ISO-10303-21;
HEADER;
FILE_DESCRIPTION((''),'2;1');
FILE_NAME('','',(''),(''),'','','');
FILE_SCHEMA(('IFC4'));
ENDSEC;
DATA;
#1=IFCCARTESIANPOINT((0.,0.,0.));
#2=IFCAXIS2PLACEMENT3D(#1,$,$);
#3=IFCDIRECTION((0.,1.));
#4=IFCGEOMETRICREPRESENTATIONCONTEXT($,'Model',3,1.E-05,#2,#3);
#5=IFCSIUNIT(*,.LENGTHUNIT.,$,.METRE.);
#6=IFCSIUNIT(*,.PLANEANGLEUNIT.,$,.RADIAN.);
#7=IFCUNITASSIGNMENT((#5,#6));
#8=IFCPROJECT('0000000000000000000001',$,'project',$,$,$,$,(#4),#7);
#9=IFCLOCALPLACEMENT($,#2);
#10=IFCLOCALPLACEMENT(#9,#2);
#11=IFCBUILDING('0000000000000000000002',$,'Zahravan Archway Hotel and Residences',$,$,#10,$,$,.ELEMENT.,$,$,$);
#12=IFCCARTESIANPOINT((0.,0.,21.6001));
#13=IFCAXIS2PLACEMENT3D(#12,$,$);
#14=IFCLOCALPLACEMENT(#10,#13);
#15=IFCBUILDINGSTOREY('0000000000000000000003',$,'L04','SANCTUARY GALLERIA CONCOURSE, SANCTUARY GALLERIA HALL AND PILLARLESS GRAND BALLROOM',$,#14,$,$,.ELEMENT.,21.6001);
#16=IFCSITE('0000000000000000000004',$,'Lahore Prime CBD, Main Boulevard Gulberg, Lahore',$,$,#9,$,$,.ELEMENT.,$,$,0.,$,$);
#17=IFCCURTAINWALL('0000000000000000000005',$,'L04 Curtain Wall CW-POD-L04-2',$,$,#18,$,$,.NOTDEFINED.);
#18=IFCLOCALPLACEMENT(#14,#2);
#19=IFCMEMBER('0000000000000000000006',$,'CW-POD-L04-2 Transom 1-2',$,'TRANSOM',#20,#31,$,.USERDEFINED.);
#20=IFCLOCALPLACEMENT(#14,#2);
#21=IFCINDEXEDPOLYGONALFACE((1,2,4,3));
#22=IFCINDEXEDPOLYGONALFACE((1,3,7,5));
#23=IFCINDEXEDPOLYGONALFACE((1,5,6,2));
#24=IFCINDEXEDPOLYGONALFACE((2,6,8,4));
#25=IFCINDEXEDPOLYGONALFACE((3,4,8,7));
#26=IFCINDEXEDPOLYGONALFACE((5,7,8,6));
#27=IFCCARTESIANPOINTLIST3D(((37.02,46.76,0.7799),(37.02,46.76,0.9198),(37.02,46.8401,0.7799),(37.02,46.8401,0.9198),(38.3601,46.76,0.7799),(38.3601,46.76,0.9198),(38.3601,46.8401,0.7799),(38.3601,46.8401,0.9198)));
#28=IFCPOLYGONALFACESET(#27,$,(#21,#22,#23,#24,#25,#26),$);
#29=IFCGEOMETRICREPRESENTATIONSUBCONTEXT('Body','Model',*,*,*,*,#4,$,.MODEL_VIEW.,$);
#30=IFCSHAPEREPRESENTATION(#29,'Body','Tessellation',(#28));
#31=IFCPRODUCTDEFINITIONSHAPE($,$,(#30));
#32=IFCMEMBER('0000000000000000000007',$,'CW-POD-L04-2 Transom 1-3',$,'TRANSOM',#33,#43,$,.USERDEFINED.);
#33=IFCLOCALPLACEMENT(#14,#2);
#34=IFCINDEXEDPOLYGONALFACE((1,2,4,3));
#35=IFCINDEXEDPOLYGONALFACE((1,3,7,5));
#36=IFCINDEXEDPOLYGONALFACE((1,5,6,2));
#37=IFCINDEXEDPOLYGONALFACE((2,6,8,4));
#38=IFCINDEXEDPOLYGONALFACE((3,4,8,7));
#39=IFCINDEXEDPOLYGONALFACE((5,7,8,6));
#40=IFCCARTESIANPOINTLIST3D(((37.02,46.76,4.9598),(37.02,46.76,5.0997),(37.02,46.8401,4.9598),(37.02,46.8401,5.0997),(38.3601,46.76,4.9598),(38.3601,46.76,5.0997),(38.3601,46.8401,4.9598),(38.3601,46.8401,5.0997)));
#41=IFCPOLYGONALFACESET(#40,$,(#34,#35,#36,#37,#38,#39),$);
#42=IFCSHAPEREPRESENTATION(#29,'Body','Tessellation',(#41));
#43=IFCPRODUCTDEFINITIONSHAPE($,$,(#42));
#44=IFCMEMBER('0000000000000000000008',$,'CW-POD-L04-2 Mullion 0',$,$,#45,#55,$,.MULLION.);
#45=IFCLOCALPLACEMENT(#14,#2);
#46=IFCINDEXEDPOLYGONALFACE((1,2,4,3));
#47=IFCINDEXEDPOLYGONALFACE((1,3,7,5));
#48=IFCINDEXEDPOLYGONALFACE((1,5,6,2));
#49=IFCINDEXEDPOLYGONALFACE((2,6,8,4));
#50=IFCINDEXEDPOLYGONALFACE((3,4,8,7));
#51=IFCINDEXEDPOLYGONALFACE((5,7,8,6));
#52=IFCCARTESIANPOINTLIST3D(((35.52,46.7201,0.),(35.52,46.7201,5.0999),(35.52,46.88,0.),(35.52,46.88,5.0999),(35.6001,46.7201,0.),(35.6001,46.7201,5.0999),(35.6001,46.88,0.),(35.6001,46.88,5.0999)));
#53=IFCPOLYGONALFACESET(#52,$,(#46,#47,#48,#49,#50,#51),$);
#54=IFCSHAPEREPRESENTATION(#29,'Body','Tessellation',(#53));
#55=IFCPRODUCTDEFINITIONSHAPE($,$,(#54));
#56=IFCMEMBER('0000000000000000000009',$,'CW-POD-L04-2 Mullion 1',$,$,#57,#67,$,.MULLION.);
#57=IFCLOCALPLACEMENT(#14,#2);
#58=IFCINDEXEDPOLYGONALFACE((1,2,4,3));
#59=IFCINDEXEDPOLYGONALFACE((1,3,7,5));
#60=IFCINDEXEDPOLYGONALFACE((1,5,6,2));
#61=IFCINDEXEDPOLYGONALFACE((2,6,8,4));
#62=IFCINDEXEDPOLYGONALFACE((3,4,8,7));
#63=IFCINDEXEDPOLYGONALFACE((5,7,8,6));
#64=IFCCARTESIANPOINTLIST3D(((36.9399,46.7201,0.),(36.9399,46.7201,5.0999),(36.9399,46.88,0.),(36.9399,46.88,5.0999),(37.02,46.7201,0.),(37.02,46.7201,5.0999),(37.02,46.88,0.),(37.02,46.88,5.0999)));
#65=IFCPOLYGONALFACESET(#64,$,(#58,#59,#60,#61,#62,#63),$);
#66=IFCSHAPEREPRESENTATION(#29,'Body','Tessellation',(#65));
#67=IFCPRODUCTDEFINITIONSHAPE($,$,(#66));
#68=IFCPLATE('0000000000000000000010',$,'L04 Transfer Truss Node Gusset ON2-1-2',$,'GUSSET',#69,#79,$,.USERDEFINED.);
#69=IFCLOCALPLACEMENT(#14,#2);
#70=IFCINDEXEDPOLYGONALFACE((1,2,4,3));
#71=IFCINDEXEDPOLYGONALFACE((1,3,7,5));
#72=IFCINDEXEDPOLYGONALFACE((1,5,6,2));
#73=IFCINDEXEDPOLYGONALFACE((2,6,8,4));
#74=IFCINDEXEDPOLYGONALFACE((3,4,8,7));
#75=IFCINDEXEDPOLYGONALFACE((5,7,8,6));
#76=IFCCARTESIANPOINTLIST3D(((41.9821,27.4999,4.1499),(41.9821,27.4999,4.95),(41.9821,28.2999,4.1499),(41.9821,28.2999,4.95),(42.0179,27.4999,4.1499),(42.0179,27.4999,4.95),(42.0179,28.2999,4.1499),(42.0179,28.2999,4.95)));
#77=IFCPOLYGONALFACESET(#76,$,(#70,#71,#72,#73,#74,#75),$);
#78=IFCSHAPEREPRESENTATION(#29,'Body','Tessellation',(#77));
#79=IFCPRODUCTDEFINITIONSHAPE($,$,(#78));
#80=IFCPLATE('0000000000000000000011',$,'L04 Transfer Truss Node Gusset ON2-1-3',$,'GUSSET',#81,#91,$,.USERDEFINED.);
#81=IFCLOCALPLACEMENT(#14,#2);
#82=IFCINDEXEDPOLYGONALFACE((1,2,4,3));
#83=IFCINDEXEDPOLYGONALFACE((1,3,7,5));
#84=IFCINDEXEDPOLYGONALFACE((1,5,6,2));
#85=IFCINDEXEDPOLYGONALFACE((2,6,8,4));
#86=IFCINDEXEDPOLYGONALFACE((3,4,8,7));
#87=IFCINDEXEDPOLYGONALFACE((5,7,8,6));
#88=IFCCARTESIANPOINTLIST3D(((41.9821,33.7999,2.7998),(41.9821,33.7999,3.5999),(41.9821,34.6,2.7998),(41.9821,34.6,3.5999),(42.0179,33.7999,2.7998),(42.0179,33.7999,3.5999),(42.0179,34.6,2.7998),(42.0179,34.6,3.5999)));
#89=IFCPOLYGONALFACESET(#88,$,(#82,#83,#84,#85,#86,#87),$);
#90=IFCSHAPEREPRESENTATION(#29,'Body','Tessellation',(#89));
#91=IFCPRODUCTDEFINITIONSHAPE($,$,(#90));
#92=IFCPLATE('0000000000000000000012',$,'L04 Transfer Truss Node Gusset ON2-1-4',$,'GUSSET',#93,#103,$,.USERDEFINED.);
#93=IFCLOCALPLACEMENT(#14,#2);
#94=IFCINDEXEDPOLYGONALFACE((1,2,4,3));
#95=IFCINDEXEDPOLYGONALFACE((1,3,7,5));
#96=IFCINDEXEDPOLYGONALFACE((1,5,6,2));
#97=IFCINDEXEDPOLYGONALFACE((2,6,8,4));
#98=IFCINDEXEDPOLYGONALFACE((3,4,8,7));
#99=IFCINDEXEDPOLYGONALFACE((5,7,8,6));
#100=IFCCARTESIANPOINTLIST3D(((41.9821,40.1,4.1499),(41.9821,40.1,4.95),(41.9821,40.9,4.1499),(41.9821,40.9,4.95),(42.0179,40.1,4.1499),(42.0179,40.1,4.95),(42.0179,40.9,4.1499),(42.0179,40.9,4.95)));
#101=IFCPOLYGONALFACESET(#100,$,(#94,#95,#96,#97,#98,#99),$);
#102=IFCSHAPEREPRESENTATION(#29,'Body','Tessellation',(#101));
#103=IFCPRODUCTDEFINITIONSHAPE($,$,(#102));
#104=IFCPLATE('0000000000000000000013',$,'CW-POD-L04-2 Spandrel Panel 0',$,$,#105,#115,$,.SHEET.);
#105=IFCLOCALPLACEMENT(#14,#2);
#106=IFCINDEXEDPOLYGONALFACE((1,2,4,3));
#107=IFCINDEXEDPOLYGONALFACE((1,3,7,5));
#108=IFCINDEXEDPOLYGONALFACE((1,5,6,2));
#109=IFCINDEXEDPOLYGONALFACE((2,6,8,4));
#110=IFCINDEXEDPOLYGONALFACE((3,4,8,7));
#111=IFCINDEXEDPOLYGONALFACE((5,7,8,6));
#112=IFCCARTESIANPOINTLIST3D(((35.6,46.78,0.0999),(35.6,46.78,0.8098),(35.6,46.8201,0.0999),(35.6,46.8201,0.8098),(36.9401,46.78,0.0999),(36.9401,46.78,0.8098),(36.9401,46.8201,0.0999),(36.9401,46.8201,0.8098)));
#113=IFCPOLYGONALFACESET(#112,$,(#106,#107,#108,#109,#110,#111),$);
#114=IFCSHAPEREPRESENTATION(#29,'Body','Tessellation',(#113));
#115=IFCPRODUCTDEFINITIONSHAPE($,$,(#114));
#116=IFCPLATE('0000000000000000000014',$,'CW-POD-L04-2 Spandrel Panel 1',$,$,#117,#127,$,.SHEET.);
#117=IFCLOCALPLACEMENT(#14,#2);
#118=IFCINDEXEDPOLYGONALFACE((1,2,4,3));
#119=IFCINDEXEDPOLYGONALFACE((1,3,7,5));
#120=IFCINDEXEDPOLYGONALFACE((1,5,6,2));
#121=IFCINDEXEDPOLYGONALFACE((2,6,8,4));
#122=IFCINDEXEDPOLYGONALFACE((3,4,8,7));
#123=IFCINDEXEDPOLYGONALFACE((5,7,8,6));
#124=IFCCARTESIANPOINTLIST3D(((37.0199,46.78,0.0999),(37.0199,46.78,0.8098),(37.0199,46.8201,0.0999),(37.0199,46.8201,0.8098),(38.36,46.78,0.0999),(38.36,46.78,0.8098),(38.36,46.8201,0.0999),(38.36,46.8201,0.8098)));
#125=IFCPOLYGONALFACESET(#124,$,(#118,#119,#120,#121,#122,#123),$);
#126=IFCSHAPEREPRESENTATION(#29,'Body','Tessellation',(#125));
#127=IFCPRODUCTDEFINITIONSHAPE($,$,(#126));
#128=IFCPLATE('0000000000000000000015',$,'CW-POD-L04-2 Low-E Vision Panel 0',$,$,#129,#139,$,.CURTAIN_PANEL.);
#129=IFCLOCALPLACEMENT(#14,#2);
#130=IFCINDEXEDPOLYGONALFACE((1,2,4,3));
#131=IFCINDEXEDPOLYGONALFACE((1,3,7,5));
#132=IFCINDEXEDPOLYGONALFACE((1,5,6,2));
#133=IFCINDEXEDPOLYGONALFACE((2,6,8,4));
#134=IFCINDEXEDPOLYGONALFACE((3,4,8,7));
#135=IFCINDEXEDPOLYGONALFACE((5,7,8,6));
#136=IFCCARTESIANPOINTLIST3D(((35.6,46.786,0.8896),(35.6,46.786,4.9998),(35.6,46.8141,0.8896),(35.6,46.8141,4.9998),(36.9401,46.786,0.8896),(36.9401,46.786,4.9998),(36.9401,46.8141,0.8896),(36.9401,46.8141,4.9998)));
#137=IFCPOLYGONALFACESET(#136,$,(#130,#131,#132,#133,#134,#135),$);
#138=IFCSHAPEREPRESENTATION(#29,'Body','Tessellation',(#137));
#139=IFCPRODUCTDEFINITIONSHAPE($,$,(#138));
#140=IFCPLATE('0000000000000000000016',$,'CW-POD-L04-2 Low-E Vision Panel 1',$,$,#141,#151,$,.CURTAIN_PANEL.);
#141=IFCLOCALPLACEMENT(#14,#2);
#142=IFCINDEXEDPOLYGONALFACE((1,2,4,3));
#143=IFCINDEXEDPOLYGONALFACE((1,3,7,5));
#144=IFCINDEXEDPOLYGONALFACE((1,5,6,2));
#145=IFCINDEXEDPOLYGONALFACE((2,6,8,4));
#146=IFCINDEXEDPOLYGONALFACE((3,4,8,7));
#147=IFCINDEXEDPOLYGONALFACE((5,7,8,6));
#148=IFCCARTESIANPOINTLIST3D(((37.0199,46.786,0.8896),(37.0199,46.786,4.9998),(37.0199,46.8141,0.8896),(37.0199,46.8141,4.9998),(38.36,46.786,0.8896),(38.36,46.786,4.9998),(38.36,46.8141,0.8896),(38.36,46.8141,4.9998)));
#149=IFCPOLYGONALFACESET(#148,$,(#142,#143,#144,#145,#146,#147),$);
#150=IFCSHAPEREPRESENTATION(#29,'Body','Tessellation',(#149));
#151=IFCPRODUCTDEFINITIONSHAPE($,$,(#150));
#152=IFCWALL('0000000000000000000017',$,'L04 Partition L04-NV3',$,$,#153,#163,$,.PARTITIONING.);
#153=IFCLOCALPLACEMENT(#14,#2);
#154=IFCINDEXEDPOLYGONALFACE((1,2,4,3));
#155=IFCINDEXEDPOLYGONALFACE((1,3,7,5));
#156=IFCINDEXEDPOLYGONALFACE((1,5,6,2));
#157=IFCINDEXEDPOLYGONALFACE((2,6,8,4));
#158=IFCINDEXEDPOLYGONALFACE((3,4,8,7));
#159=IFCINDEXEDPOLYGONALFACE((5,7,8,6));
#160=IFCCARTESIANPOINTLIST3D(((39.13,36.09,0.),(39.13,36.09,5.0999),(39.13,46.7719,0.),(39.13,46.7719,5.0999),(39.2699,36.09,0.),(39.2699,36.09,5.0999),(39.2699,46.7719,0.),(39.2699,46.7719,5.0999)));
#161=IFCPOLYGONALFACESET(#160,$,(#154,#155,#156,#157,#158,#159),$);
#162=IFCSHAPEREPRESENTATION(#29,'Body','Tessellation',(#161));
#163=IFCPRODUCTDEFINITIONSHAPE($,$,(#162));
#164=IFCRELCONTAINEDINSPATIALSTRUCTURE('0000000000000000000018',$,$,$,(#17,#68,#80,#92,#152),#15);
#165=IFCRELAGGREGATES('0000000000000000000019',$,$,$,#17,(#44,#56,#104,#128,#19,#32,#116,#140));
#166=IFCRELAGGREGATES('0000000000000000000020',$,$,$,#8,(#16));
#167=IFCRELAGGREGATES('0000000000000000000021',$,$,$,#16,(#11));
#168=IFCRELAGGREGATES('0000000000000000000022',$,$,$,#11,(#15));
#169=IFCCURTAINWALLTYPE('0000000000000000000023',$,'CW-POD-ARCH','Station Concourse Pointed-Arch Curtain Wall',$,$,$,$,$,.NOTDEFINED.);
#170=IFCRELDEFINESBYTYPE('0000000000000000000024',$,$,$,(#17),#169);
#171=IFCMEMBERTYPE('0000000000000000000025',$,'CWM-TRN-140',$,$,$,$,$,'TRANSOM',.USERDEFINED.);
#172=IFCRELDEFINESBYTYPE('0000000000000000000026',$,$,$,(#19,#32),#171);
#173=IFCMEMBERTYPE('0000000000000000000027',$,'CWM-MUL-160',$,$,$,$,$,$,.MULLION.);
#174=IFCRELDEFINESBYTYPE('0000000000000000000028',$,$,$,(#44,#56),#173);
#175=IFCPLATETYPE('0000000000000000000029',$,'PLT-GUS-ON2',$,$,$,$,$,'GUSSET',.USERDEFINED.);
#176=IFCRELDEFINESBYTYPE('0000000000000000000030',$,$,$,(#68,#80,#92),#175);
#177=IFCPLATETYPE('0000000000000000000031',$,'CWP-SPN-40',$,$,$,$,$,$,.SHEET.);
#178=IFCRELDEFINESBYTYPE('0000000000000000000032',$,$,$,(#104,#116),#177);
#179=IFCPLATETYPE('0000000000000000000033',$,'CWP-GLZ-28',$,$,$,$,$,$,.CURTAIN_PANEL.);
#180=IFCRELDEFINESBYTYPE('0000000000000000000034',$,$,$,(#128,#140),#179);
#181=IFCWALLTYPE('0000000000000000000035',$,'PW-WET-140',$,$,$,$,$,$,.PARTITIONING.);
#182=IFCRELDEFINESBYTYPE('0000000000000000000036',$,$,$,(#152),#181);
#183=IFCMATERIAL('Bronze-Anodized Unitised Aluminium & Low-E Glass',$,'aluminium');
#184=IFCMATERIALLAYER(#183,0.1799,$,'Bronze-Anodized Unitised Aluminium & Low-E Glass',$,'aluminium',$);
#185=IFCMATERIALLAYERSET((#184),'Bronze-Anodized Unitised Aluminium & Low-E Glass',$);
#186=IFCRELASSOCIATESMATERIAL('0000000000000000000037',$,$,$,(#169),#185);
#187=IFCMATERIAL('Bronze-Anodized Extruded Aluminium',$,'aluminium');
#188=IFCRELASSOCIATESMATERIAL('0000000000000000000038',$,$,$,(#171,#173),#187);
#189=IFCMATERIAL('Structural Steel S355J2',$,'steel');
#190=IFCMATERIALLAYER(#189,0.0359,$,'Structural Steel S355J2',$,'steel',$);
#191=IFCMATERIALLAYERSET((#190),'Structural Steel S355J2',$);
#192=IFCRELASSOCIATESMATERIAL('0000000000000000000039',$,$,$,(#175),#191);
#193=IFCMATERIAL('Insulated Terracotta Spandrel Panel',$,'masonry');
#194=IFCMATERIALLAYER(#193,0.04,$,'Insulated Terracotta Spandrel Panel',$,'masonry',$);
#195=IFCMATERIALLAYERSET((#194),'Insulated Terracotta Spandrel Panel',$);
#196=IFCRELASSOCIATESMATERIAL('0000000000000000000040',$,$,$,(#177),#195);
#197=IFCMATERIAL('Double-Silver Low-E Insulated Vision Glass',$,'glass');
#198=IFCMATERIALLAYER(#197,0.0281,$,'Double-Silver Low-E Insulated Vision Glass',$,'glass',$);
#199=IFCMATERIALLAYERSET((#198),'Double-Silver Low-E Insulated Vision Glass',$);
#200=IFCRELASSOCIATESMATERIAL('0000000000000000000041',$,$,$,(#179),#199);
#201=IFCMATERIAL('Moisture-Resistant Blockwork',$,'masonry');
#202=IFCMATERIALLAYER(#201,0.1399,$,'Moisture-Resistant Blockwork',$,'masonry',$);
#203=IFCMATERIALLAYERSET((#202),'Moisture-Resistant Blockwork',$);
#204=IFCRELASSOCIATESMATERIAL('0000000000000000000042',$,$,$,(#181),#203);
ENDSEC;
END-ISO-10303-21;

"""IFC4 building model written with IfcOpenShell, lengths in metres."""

from ifc_helpers import new_model, si_unit, direction, frame, frame_2d, origin, origin_2d, place, context, subcontext, project, spatial, rectangle, extrude, source, transform, mapped, material, layer, layer_set, material_profile, profile_set, type_object, type_shapes, element, aggregate, save


model = new_model("IFC4")

# Units and contexts
model_context = context("Model", 3, precision=1e-05, world=origin(), true_north=direction((0.0, 1.0)))
body_context = subcontext(model_context, "Body", "Model", "MODEL_VIEW")
ifc_project = project(units=[si_unit("LENGTHUNIT", "METRE"), si_unit("PLANEANGLEUNIT", "RADIAN")], contexts=[model_context])

# Site, building, storey
site_placement = place(None, origin())
site = spatial("IfcSite", under=ifc_project, at=site_placement, Name="Lahore Prime CBD, Main Boulevard Gulberg, Lahore", CompositionType="ELEMENT", RefElevation=0.0)
building_placement = place(site_placement, origin())
building = spatial("IfcBuilding", under=site, at=building_placement, Name="Zahravan Archway Hotel and Residences", CompositionType="ELEMENT")
storey_placement = place(building_placement, frame((0.0, 0.0, 21.6001)))
storey = spatial("IfcBuildingStorey", under=building, at=storey_placement, Name="L04", Description="SANCTUARY GALLERIA CONCOURSE, SANCTUARY GALLERIA HALL AND PILLARLESS GRAND BALLROOM", CompositionType="ELEMENT", Elevation=21.6001)

# Curtain wall, members
ifc_material_1 = material(Name="Bronze-Anodized Unitised Aluminium & Low-E Glass", Category="aluminium")
ifc_layer_1 = layer(ifc_material_1, 0.1799, Name="Bronze-Anodized Unitised Aluminium & Low-E Glass", Category="aluminium")
ifc_layer_set_1 = layer_set([ifc_layer_1], Name="Bronze-Anodized Unitised Aluminium & Low-E Glass")
curtain_wall_type = type_object("IfcCurtainWallType", Name="CW-POD-ARCH", Description="Station Concourse Pointed-Arch Curtain Wall", PredefinedType="NOTDEFINED", material=ifc_layer_set_1)
curtain_wall_placement = place(storey_placement, origin())
curtain_wall = element("IfcCurtainWall", 1, at=curtain_wall_placement, inside=storey, type_object=curtain_wall_type, Name="L04 Curtain Wall CW-POD-L04-2", PredefinedType="NOTDEFINED")
ifc_material_2 = material(Name="Bronze-Anodized Extruded Aluminium", Category="aluminium")
ifc_material_profile_1 = material_profile(ifc_material_2, rectangle(XDim=0.0801, YDim=0.1399, at=origin_2d()), Name="TRN 80x140", Category="aluminium")
ifc_profile_set_1 = profile_set([ifc_material_profile_1], Name="Bronze-Anodized Extruded Aluminium")
member_type_1 = type_object("IfcMemberType", Name="CWM-TRN-140", ElementType="TRANSOM", PredefinedType="USERDEFINED", material=ifc_profile_set_1)
shared_shape_1 = source(origin(), body_context, "Body", "SweptSolid", [
    extrude(rectangle(XDim=0.0801, YDim=0.1399, at=origin_2d()), origin(), (0.0, 0.0, 1.0), 1.3401),
])
member_1_placement = place(storey_placement, frame((37.02, 46.8, 0.8499), z_axis=(1.0, 0.0, 0.0), x_axis=(0.0, 1.0, 0.0)))
member_1 = element("IfcMember", 2, at=member_1_placement, type_object=member_type_1, Name="CW-POD-L04-2 Transom 1-2", ObjectType="TRANSOM", PredefinedType="USERDEFINED", context=body_context, shape_type="MappedRepresentation", body=[
    mapped(shared_shape_1, transform((0.0, 0.0, 0.0), scale=1.0)),
])
member_2_placement = place(storey_placement, frame((37.02, 46.8, 5.0298), z_axis=(1.0, 0.0, 0.0), x_axis=(0.0, 1.0, 0.0)))
member_2 = element("IfcMember", 3, at=member_2_placement, type_object=member_type_1, Name="CW-POD-L04-2 Transom 1-3", ObjectType="TRANSOM", PredefinedType="USERDEFINED", context=body_context, shape_type="MappedRepresentation", body=[
    mapped(shared_shape_1, transform((0.0, 0.0, 0.0), scale=1.0)),
])
ifc_material_profile_2 = material_profile(ifc_material_2, rectangle(XDim=0.0801, YDim=0.1599, at=origin_2d()), Name="MUL 80x160", Category="aluminium")
ifc_profile_set_2 = profile_set([ifc_material_profile_2], Name="Bronze-Anodized Extruded Aluminium")
member_type_2 = type_object("IfcMemberType", Name="CWM-MUL-160", PredefinedType="MULLION", material=ifc_profile_set_2)
shared_shape_2 = source(origin(), body_context, "Body", "SweptSolid", [
    extrude(rectangle(XDim=0.0801, YDim=0.1599, at=origin_2d()), origin(), (0.0, 0.0, 1.0), 5.0999),
])
member_3_placement = place(storey_placement, frame((35.5601, 46.8, 0.0), z_axis=(0.0, 0.0, 1.0), x_axis=(1.0, 0.0, 0.0)))
member_3 = element("IfcMember", 4, at=member_3_placement, type_object=member_type_2, Name="CW-POD-L04-2 Mullion 0", PredefinedType="MULLION", context=body_context, shape_type="MappedRepresentation", body=[
    mapped(shared_shape_2, transform((0.0, 0.0, 0.0), scale=1.0)),
])
member_4_placement = place(storey_placement, frame((36.98, 46.8, 0.0), z_axis=(0.0, 0.0, 1.0), x_axis=(1.0, 0.0, 0.0)))
member_4 = element("IfcMember", 5, at=member_4_placement, type_object=member_type_2, Name="CW-POD-L04-2 Mullion 1", PredefinedType="MULLION", context=body_context, shape_type="MappedRepresentation", body=[
    mapped(shared_shape_2, transform((0.0, 0.0, 0.0), scale=1.0)),
])

# Plates
ifc_material_3 = material(Name="Structural Steel S355J2", Category="steel")
ifc_layer_2 = layer(ifc_material_3, 0.0359, Name="Structural Steel S355J2", Category="steel")
ifc_layer_set_2 = layer_set([ifc_layer_2], Name="Structural Steel S355J2")
plate_type_1 = type_object("IfcPlateType", Name="PLT-GUS-ON2", ElementType="GUSSET", PredefinedType="USERDEFINED", material=ifc_layer_set_2)
shared_shape_3 = source(origin(), body_context, "Body", "SweptSolid", [
    extrude(rectangle(XDim=0.8, YDim=0.0359, at=origin_2d()), origin(), (0.0, 0.0, 1.0), 0.8),
])
type_shapes(plate_type_1, [shared_shape_3])
for number, where, z_axis, x_axis, name in (
    (6, (42.0, 27.8999, 4.1499), (0.0, 0.0, 1.0), (0.0, 1.0, 0.0), "L04 Transfer Truss Node Gusset ON2-1-2"),
    (7, (42.0, 34.2, 2.7998), (0.0, 0.0, 1.0), (0.0, 1.0, 0.0), "L04 Transfer Truss Node Gusset ON2-1-3"),
    (8, (42.0, 40.5, 4.1499), (0.0, 0.0, 1.0), (0.0, 1.0, 0.0), "L04 Transfer Truss Node Gusset ON2-1-4"),
):
    element("IfcPlate", number, at=place(storey_placement, frame(where, z_axis=z_axis, x_axis=x_axis)), inside=storey, type_object=plate_type_1, Name=name, ObjectType="GUSSET", PredefinedType="USERDEFINED", context=body_context, shape_type="MappedRepresentation", body=[
        mapped(shared_shape_3, transform((0.0, 0.0, 0.0), scale=1.0)),
    ])

# Plates
ifc_material_4 = material(Name="Insulated Terracotta Spandrel Panel", Category="masonry")
ifc_layer_3 = layer(ifc_material_4, 0.04, Name="Insulated Terracotta Spandrel Panel", Category="masonry")
ifc_layer_set_3 = layer_set([ifc_layer_3], Name="Insulated Terracotta Spandrel Panel")
plate_type_2 = type_object("IfcPlateType", Name="CWP-SPN-40", PredefinedType="SHEET", material=ifc_layer_set_3)
shared_shape_4 = source(origin(), body_context, "Body", "SweptSolid", [
    extrude(rectangle(XDim=1.3401, YDim=0.04, at=origin_2d()), origin(), (0.0, 0.0, 1.0), 0.71),
])
plate_1_placement = place(storey_placement, frame((36.27, 46.8, 0.0999), z_axis=(0.0, 0.0, 1.0), x_axis=(1.0, 0.0, 0.0)))
plate_1 = element("IfcPlate", 9, at=plate_1_placement, type_object=plate_type_2, Name="CW-POD-L04-2 Spandrel Panel 0", PredefinedType="SHEET", context=body_context, shape_type="MappedRepresentation", body=[
    mapped(shared_shape_4, transform((0.0, 0.0, 0.0), scale=1.0)),
])
plate_2_placement = place(storey_placement, frame((37.6899, 46.8, 0.0999), z_axis=(0.0, 0.0, 1.0), x_axis=(1.0, 0.0, 0.0)))
plate_2 = element("IfcPlate", 10, at=plate_2_placement, type_object=plate_type_2, Name="CW-POD-L04-2 Spandrel Panel 1", PredefinedType="SHEET", context=body_context, shape_type="MappedRepresentation", body=[
    mapped(shared_shape_4, transform((0.0, 0.0, 0.0), scale=1.0)),
])
ifc_material_5 = material(Name="Double-Silver Low-E Insulated Vision Glass", Category="glass")
ifc_layer_4 = layer(ifc_material_5, 0.0281, Name="Double-Silver Low-E Insulated Vision Glass", Category="glass")
ifc_layer_set_4 = layer_set([ifc_layer_4], Name="Double-Silver Low-E Insulated Vision Glass")
plate_type_3 = type_object("IfcPlateType", Name="CWP-GLZ-28", PredefinedType="CURTAIN_PANEL", material=ifc_layer_set_4)
shared_shape_5 = source(origin(), body_context, "Body", "SweptSolid", [
    extrude(rectangle(XDim=1.3401, YDim=0.0281, at=origin_2d()), origin(), (0.0, 0.0, 1.0), 4.1101),
])
plate_3_placement = place(storey_placement, frame((36.27, 46.8, 0.8896), z_axis=(0.0, 0.0, 1.0), x_axis=(1.0, 0.0, 0.0)))
plate_3 = element("IfcPlate", 11, at=plate_3_placement, type_object=plate_type_3, Name="CW-POD-L04-2 Low-E Vision Panel 0", PredefinedType="CURTAIN_PANEL", context=body_context, shape_type="MappedRepresentation", body=[
    mapped(shared_shape_5, transform((0.0, 0.0, 0.0), scale=1.0)),
])
plate_4_placement = place(storey_placement, frame((37.6899, 46.8, 0.8896), z_axis=(0.0, 0.0, 1.0), x_axis=(1.0, 0.0, 0.0)))
plate_4 = element("IfcPlate", 12, at=plate_4_placement, type_object=plate_type_3, Name="CW-POD-L04-2 Low-E Vision Panel 1", PredefinedType="CURTAIN_PANEL", context=body_context, shape_type="MappedRepresentation", body=[
    mapped(shared_shape_5, transform((0.0, 0.0, 0.0), scale=1.0)),
])
aggregate(curtain_wall, [member_3, member_4, plate_1, plate_3, member_1, member_2, plate_2, plate_4])

# Wall
ifc_material_6 = material(Name="Moisture-Resistant Blockwork", Category="masonry")
ifc_layer_5 = layer(ifc_material_6, 0.1399, Name="Moisture-Resistant Blockwork", Category="masonry")
ifc_layer_set_5 = layer_set([ifc_layer_5], Name="Moisture-Resistant Blockwork")
wall_type = type_object("IfcWallType", Name="PW-WET-140", PredefinedType="PARTITIONING", material=ifc_layer_set_5)
wall_placement = place(storey_placement, frame((39.2, 36.0901, 0.0), z_axis=(0.0, 0.0, 1.0), x_axis=(0.0, 1.0, 0.0)))
element("IfcWall", 13, at=wall_placement, inside=storey, type_object=wall_type, Name="L04 Partition L04-NV3", PredefinedType="PARTITIONING", context=body_context, shape_type="SweptSolid", body=[
    extrude(rectangle(XDim=10.6819, YDim=0.1399, at=frame_2d((5.3408, 0.0))), origin(), (0.0, 0.0, 1.0), 5.0999),
])

save(model, "model.ifc")
